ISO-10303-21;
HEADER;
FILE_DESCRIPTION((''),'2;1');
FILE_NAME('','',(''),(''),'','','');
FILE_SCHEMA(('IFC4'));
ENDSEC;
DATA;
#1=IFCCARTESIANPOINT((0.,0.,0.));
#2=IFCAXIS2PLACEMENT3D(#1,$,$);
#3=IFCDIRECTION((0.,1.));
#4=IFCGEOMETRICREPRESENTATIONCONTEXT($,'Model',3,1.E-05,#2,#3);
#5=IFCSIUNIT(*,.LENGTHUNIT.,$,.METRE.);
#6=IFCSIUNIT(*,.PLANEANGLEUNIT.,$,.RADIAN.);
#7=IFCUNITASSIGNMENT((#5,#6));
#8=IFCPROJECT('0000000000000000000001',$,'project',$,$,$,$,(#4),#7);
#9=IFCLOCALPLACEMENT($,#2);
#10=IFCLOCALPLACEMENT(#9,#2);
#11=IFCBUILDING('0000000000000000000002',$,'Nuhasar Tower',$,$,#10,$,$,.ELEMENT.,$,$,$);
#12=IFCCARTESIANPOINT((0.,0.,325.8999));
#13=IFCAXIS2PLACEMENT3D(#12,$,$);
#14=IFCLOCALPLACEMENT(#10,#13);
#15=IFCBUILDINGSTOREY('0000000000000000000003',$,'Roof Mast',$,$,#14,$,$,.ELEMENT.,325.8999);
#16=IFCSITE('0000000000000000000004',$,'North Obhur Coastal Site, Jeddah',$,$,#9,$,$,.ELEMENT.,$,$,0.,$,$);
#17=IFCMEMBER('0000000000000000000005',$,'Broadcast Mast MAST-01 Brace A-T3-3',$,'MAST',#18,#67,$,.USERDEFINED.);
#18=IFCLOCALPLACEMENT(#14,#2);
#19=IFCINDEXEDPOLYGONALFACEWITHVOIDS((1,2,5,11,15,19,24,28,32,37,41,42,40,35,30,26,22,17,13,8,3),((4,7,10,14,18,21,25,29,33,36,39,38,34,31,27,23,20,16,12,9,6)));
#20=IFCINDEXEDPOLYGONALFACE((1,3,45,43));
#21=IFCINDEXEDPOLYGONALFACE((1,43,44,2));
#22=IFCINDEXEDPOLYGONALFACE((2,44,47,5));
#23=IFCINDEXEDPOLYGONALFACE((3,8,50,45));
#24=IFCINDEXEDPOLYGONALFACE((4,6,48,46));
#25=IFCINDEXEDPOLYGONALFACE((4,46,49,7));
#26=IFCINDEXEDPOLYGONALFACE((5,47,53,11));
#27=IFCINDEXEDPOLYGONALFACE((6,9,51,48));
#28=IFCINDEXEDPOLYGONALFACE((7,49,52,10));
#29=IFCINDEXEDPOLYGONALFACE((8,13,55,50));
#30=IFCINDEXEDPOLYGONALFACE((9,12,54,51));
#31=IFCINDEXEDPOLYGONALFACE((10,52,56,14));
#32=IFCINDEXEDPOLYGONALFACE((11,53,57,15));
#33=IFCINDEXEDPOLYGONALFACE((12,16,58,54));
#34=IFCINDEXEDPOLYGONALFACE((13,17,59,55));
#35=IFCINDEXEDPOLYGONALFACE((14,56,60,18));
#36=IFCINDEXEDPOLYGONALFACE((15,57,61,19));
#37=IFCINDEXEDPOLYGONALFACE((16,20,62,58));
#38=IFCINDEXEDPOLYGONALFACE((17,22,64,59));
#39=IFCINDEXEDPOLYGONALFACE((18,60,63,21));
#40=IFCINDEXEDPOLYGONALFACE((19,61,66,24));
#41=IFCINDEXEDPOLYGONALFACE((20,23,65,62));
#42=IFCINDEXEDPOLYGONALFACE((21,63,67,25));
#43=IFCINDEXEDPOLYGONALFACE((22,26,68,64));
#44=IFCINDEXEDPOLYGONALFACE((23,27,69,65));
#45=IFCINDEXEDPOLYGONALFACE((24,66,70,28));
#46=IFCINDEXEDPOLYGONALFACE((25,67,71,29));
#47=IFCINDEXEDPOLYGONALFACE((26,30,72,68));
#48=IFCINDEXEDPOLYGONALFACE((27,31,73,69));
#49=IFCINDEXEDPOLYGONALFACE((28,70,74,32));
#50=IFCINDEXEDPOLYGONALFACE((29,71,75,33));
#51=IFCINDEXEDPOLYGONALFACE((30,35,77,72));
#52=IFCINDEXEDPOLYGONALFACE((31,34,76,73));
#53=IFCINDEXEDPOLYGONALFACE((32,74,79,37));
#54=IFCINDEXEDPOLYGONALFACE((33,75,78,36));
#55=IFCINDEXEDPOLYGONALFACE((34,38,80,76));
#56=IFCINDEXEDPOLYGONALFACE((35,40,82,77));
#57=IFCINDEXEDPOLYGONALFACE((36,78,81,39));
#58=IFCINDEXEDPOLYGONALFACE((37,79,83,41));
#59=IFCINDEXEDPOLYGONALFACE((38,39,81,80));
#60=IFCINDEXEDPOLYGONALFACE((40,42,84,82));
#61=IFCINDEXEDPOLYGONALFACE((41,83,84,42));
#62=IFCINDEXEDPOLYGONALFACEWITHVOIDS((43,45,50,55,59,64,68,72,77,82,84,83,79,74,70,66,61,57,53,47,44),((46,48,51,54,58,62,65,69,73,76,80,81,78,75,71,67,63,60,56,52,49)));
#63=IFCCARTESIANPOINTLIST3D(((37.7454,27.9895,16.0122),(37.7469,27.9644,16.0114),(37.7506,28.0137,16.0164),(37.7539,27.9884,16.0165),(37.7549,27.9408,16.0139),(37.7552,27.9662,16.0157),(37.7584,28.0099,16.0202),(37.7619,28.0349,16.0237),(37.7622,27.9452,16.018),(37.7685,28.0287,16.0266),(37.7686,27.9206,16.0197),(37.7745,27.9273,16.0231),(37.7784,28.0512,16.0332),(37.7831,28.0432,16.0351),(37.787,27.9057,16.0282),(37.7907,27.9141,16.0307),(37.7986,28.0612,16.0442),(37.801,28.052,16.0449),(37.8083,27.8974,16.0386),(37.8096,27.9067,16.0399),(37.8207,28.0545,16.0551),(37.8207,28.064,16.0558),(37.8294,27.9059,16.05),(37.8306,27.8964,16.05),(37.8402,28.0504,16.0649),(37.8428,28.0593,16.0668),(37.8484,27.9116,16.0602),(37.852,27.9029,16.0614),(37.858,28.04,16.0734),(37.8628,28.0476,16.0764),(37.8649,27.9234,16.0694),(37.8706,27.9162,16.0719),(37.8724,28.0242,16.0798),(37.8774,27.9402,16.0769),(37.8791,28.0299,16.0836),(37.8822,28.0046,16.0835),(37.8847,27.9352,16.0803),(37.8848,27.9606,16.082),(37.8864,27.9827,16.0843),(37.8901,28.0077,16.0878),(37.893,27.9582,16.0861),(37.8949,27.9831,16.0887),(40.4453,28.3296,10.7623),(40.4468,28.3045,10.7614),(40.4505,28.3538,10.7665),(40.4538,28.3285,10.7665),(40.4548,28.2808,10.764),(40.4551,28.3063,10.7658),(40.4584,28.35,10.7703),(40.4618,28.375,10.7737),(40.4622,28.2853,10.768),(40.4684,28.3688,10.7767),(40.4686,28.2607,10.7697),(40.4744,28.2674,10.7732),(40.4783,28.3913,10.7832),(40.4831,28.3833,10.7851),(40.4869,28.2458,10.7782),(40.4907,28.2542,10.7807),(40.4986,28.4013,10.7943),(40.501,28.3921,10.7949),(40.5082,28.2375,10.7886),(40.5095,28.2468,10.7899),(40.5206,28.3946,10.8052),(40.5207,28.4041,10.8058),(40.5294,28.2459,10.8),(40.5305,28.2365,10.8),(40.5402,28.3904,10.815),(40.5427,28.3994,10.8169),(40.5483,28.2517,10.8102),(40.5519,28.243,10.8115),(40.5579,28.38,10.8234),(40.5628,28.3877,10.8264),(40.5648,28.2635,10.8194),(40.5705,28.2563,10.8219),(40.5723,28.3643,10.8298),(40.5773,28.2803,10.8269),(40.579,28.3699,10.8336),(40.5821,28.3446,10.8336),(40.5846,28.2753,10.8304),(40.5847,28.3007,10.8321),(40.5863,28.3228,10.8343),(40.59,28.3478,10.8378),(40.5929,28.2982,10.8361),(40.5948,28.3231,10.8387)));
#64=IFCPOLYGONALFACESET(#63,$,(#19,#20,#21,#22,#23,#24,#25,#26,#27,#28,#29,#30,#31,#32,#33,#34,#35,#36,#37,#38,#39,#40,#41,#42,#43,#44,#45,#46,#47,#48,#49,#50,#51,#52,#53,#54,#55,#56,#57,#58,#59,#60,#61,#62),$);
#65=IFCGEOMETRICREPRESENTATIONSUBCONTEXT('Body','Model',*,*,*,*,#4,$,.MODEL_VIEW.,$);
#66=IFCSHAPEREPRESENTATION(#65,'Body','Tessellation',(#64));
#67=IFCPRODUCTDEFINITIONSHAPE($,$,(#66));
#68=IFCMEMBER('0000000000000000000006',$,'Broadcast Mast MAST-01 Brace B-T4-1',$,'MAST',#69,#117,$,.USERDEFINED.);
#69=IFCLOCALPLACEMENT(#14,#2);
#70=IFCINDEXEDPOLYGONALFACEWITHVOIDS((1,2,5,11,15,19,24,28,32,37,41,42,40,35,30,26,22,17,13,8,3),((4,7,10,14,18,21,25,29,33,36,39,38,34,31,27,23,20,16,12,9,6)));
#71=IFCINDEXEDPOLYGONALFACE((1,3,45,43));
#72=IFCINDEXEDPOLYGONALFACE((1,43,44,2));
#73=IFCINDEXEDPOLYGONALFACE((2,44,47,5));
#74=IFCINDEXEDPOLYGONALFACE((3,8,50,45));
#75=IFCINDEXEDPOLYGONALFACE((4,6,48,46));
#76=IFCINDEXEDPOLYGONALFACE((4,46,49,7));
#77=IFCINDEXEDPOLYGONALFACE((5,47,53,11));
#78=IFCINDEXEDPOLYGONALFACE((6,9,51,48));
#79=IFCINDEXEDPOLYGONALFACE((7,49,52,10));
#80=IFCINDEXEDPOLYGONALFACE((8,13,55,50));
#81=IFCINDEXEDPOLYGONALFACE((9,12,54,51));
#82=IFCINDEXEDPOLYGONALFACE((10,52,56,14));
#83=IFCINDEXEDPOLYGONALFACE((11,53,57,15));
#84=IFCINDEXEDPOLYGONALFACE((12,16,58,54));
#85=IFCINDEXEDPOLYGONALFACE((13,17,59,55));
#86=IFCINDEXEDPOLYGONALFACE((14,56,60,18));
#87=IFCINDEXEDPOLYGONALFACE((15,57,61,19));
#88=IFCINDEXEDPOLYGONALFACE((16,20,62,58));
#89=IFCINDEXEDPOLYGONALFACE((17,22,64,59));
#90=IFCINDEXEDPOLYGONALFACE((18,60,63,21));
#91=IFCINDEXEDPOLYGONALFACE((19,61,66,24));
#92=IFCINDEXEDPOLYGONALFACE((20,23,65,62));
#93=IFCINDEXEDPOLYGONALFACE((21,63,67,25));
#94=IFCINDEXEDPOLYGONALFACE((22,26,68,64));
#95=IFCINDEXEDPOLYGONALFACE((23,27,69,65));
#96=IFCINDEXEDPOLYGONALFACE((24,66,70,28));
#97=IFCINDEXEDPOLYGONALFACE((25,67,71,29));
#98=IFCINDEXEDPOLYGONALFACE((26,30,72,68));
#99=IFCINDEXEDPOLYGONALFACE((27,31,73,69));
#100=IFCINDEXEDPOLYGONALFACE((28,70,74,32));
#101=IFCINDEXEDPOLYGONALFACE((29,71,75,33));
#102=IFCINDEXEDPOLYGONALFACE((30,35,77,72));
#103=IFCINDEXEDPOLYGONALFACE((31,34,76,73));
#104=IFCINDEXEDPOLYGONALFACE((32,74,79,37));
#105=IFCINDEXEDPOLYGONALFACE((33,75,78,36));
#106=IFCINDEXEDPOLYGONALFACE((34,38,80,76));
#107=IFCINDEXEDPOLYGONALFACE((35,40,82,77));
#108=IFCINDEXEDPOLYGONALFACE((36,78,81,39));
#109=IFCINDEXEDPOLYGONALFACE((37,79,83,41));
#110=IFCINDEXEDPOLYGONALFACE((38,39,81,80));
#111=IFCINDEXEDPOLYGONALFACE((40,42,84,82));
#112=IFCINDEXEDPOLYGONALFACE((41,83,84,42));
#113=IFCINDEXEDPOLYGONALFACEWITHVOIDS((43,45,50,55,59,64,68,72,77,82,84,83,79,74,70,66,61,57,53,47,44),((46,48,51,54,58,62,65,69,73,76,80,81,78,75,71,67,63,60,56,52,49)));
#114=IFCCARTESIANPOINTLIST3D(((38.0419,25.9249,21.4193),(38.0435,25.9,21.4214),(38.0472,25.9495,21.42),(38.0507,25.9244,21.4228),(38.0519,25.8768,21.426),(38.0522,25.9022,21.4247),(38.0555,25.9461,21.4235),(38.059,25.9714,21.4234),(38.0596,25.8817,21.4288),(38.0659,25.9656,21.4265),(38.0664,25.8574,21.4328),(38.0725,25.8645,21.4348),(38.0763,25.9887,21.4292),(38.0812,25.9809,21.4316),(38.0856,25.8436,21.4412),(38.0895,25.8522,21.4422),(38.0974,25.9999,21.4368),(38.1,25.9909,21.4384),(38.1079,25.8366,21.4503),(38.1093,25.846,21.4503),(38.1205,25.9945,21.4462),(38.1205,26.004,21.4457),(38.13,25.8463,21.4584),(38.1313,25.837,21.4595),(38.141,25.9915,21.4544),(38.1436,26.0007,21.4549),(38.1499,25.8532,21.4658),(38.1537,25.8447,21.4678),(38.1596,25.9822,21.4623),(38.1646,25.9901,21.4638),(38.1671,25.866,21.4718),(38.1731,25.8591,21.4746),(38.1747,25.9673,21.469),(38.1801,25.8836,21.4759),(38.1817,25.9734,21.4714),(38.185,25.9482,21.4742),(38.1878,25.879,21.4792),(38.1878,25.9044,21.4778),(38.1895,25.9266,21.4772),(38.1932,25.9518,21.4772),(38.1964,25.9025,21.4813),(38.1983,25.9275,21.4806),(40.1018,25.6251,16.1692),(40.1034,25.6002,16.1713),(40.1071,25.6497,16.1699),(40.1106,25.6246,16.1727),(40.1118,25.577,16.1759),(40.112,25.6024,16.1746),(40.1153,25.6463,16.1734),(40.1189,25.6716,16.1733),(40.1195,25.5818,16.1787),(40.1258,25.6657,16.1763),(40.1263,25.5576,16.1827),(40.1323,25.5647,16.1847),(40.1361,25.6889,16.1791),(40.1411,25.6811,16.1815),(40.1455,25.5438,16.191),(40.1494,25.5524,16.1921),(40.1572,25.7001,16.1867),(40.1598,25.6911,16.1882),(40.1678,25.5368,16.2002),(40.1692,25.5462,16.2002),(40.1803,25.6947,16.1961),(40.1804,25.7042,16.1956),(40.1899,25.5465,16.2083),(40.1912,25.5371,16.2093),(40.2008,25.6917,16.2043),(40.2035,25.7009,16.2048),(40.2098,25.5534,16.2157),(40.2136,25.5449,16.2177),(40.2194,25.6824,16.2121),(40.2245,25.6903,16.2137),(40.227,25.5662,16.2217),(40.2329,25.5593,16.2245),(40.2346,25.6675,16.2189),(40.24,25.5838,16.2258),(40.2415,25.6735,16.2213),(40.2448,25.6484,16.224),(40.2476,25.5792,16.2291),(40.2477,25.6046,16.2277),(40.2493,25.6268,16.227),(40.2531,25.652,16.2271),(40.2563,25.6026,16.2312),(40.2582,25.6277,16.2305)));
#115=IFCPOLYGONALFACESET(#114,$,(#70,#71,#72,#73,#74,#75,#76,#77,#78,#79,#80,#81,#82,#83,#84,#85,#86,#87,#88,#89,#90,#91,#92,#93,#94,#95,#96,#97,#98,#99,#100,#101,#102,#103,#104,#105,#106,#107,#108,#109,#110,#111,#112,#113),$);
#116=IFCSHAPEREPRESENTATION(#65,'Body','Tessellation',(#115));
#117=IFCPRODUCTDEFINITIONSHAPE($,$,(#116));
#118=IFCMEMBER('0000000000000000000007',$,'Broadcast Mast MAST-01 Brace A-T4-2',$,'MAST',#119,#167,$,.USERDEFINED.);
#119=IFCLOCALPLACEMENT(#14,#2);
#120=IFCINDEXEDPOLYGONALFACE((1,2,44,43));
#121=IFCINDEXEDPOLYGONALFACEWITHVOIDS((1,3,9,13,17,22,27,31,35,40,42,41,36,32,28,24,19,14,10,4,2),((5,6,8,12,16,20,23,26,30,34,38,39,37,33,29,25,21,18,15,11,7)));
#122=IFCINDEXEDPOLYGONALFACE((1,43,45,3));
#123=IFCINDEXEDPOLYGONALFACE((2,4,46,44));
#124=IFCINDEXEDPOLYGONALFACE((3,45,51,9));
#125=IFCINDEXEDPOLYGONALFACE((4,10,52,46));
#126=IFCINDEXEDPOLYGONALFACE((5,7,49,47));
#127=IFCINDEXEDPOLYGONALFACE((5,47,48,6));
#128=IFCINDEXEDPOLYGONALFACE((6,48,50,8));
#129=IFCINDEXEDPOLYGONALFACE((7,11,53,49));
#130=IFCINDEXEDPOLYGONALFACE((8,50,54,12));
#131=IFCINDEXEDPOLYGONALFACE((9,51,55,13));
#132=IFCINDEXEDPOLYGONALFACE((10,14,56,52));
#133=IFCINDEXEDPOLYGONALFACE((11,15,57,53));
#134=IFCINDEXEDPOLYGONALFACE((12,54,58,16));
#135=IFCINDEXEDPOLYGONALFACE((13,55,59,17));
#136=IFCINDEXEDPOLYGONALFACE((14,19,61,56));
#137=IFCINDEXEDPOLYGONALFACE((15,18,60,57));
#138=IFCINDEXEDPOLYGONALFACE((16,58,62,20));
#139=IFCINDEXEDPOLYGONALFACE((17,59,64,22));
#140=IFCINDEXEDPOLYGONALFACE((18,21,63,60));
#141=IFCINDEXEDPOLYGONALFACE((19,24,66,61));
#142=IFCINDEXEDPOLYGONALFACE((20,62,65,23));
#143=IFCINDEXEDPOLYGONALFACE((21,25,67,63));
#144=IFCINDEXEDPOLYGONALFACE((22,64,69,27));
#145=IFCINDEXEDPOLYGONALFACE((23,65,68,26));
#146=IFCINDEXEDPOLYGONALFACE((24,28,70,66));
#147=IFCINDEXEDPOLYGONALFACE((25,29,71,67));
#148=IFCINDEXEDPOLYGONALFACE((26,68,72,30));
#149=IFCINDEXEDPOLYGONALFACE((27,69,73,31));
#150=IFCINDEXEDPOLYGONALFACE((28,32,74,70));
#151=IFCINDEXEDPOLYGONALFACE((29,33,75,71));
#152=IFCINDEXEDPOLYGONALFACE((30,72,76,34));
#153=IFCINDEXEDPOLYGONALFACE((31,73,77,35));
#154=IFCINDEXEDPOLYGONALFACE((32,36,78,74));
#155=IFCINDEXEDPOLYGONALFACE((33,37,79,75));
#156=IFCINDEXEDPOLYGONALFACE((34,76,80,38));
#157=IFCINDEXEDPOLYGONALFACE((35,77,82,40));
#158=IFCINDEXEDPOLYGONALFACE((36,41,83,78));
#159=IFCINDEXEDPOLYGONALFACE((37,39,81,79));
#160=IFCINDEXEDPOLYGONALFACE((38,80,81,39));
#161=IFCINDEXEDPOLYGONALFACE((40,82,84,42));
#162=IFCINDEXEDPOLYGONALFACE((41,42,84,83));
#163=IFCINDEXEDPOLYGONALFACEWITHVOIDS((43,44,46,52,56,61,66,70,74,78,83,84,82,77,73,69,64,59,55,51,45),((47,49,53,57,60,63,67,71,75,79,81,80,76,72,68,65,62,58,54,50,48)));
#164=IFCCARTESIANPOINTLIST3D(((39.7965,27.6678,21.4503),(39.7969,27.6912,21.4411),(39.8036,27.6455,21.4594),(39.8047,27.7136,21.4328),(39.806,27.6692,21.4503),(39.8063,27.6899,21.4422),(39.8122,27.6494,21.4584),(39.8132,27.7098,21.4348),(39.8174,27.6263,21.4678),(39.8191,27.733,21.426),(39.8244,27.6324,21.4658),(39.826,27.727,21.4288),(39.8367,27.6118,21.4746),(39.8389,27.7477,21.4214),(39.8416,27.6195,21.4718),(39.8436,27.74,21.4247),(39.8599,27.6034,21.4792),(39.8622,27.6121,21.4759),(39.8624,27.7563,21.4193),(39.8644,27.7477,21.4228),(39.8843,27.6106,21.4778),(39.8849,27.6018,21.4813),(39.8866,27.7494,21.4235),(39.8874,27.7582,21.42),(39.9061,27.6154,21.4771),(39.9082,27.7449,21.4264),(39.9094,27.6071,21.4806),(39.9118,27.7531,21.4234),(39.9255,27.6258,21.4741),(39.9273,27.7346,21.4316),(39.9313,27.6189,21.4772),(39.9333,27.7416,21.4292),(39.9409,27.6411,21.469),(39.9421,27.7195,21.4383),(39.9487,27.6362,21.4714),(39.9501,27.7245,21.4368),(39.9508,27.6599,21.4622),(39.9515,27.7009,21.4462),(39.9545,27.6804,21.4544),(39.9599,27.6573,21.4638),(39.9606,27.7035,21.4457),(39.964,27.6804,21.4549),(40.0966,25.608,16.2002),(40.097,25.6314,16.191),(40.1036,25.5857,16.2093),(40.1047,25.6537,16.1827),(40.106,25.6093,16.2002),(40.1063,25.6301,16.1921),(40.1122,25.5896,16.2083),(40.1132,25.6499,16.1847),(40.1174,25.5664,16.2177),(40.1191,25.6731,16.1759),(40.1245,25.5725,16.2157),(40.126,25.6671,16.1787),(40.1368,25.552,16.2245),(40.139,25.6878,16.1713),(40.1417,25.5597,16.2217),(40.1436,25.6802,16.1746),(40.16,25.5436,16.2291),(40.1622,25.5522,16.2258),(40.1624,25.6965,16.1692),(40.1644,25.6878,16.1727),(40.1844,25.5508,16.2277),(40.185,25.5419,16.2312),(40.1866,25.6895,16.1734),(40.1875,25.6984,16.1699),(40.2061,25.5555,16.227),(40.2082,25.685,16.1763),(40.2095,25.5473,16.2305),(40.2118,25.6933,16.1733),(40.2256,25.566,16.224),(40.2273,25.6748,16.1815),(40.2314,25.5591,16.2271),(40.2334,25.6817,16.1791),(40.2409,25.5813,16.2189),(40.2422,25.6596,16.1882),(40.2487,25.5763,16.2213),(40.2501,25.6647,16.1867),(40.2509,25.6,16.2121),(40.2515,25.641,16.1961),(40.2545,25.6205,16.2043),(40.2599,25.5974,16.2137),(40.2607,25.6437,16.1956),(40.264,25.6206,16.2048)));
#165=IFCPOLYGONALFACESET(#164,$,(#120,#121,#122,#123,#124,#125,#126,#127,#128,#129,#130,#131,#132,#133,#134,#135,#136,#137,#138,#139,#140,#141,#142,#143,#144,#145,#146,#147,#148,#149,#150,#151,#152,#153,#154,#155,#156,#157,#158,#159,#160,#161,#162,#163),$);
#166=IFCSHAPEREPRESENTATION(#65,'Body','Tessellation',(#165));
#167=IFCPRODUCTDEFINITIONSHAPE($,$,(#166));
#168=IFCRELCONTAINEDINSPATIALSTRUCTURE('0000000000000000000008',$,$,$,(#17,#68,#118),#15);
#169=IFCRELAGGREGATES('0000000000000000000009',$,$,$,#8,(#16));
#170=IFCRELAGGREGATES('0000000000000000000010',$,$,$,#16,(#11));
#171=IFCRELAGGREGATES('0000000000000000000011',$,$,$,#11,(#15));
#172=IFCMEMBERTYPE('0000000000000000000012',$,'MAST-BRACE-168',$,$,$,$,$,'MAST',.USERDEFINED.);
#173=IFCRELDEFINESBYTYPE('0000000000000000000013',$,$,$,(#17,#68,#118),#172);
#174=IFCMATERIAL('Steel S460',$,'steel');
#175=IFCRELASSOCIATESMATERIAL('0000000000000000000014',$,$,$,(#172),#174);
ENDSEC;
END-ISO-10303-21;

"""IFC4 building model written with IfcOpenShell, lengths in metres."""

from ifc_helpers import new_model, si_unit, direction, frame, origin, origin_2d, place, context, subcontext, project, spatial, hollow_circle, extrude, material, material_profile, profile_set, type_object, element, save


model = new_model("IFC4")

# Units and contexts
model_context = context("Model", 3, precision=1e-05, world=origin(), true_north=direction((0.0, 1.0)))
body_context = subcontext(model_context, "Body", "Model", "MODEL_VIEW")
ifc_project = project(units=[si_unit("LENGTHUNIT", "METRE"), si_unit("PLANEANGLEUNIT", "RADIAN")], contexts=[model_context])

# Site, building, storey
site_placement = place(None, origin())
site = spatial("IfcSite", under=ifc_project, at=site_placement, Name="North Obhur Coastal Site, Jeddah", CompositionType="ELEMENT", RefElevation=0.0)
building_placement = place(site_placement, origin())
building = spatial("IfcBuilding", under=site, at=building_placement, Name="Nuhasar Tower", CompositionType="ELEMENT")
storey_placement = place(building_placement, frame((0.0, 0.0, 325.8999)))
storey = spatial("IfcBuildingStorey", under=building, at=storey_placement, Name="Roof Mast", CompositionType="ELEMENT", Elevation=325.8999)

# Shared definitions
ifc_material = material(Name="Steel S460", Category="steel")

# Members
ifc_material_profile_1 = material_profile(ifc_material, hollow_circle(Radius=0.0842, WallThickness=0.0095, at=origin_2d()), Name="HSS168.3X9.5")
ifc_profile_set_1 = profile_set([ifc_material_profile_1], Name="Steel S460")
member_type = type_object("IfcMemberType", Name="MAST-BRACE-168", ElementType="MAST", PredefinedType="USERDEFINED", material=ifc_profile_set_1)
member_placement = place(storey_placement, frame((40.52, 28.3201, 10.8), z_axis=(-0.456584, -0.057512, 0.887819), x_axis=(0.124973, -0.99216, 0.0)))
element("IfcMember", 1, at=member_placement, inside=storey, type_object=member_type, Name="Broadcast Mast MAST-01 Brace A-T3-3", ObjectType="MAST", PredefinedType="USERDEFINED", context=body_context, shape_type="SweptSolid", body=[
    extrude(hollow_circle(Radius=0.0842, WallThickness=0.0095, at=origin_2d()), origin(), (0.0, 0.0, 1.0), 5.9133),
])
for number, where, z_axis, x_axis, name in (
    (2, (40.1799, 25.6201, 16.2002), (-0.364725, 0.053085, 0.929601), (-0.144032, -0.989573, 0.0), "Broadcast Mast MAST-01 Brace B-T4-1"),
    (3, (40.1799, 25.6201, 16.2002), (-0.053129, 0.364724, 0.929599), (-0.989556, -0.144147, 0.0), "Broadcast Mast MAST-01 Brace A-T4-2"),
):
    element("IfcMember", number, at=place(storey_placement, frame(where, z_axis=z_axis, x_axis=x_axis)), inside=storey, type_object=member_type, Name=name, ObjectType="MAST", PredefinedType="USERDEFINED", context=body_context, shape_type="SweptSolid", body=[
        extrude(hollow_circle(Radius=0.0842, WallThickness=0.0095, at=origin_2d()), origin(), (0.0, 0.0, 1.0), 5.6477),
    ])

save(model, "model.ifc")
